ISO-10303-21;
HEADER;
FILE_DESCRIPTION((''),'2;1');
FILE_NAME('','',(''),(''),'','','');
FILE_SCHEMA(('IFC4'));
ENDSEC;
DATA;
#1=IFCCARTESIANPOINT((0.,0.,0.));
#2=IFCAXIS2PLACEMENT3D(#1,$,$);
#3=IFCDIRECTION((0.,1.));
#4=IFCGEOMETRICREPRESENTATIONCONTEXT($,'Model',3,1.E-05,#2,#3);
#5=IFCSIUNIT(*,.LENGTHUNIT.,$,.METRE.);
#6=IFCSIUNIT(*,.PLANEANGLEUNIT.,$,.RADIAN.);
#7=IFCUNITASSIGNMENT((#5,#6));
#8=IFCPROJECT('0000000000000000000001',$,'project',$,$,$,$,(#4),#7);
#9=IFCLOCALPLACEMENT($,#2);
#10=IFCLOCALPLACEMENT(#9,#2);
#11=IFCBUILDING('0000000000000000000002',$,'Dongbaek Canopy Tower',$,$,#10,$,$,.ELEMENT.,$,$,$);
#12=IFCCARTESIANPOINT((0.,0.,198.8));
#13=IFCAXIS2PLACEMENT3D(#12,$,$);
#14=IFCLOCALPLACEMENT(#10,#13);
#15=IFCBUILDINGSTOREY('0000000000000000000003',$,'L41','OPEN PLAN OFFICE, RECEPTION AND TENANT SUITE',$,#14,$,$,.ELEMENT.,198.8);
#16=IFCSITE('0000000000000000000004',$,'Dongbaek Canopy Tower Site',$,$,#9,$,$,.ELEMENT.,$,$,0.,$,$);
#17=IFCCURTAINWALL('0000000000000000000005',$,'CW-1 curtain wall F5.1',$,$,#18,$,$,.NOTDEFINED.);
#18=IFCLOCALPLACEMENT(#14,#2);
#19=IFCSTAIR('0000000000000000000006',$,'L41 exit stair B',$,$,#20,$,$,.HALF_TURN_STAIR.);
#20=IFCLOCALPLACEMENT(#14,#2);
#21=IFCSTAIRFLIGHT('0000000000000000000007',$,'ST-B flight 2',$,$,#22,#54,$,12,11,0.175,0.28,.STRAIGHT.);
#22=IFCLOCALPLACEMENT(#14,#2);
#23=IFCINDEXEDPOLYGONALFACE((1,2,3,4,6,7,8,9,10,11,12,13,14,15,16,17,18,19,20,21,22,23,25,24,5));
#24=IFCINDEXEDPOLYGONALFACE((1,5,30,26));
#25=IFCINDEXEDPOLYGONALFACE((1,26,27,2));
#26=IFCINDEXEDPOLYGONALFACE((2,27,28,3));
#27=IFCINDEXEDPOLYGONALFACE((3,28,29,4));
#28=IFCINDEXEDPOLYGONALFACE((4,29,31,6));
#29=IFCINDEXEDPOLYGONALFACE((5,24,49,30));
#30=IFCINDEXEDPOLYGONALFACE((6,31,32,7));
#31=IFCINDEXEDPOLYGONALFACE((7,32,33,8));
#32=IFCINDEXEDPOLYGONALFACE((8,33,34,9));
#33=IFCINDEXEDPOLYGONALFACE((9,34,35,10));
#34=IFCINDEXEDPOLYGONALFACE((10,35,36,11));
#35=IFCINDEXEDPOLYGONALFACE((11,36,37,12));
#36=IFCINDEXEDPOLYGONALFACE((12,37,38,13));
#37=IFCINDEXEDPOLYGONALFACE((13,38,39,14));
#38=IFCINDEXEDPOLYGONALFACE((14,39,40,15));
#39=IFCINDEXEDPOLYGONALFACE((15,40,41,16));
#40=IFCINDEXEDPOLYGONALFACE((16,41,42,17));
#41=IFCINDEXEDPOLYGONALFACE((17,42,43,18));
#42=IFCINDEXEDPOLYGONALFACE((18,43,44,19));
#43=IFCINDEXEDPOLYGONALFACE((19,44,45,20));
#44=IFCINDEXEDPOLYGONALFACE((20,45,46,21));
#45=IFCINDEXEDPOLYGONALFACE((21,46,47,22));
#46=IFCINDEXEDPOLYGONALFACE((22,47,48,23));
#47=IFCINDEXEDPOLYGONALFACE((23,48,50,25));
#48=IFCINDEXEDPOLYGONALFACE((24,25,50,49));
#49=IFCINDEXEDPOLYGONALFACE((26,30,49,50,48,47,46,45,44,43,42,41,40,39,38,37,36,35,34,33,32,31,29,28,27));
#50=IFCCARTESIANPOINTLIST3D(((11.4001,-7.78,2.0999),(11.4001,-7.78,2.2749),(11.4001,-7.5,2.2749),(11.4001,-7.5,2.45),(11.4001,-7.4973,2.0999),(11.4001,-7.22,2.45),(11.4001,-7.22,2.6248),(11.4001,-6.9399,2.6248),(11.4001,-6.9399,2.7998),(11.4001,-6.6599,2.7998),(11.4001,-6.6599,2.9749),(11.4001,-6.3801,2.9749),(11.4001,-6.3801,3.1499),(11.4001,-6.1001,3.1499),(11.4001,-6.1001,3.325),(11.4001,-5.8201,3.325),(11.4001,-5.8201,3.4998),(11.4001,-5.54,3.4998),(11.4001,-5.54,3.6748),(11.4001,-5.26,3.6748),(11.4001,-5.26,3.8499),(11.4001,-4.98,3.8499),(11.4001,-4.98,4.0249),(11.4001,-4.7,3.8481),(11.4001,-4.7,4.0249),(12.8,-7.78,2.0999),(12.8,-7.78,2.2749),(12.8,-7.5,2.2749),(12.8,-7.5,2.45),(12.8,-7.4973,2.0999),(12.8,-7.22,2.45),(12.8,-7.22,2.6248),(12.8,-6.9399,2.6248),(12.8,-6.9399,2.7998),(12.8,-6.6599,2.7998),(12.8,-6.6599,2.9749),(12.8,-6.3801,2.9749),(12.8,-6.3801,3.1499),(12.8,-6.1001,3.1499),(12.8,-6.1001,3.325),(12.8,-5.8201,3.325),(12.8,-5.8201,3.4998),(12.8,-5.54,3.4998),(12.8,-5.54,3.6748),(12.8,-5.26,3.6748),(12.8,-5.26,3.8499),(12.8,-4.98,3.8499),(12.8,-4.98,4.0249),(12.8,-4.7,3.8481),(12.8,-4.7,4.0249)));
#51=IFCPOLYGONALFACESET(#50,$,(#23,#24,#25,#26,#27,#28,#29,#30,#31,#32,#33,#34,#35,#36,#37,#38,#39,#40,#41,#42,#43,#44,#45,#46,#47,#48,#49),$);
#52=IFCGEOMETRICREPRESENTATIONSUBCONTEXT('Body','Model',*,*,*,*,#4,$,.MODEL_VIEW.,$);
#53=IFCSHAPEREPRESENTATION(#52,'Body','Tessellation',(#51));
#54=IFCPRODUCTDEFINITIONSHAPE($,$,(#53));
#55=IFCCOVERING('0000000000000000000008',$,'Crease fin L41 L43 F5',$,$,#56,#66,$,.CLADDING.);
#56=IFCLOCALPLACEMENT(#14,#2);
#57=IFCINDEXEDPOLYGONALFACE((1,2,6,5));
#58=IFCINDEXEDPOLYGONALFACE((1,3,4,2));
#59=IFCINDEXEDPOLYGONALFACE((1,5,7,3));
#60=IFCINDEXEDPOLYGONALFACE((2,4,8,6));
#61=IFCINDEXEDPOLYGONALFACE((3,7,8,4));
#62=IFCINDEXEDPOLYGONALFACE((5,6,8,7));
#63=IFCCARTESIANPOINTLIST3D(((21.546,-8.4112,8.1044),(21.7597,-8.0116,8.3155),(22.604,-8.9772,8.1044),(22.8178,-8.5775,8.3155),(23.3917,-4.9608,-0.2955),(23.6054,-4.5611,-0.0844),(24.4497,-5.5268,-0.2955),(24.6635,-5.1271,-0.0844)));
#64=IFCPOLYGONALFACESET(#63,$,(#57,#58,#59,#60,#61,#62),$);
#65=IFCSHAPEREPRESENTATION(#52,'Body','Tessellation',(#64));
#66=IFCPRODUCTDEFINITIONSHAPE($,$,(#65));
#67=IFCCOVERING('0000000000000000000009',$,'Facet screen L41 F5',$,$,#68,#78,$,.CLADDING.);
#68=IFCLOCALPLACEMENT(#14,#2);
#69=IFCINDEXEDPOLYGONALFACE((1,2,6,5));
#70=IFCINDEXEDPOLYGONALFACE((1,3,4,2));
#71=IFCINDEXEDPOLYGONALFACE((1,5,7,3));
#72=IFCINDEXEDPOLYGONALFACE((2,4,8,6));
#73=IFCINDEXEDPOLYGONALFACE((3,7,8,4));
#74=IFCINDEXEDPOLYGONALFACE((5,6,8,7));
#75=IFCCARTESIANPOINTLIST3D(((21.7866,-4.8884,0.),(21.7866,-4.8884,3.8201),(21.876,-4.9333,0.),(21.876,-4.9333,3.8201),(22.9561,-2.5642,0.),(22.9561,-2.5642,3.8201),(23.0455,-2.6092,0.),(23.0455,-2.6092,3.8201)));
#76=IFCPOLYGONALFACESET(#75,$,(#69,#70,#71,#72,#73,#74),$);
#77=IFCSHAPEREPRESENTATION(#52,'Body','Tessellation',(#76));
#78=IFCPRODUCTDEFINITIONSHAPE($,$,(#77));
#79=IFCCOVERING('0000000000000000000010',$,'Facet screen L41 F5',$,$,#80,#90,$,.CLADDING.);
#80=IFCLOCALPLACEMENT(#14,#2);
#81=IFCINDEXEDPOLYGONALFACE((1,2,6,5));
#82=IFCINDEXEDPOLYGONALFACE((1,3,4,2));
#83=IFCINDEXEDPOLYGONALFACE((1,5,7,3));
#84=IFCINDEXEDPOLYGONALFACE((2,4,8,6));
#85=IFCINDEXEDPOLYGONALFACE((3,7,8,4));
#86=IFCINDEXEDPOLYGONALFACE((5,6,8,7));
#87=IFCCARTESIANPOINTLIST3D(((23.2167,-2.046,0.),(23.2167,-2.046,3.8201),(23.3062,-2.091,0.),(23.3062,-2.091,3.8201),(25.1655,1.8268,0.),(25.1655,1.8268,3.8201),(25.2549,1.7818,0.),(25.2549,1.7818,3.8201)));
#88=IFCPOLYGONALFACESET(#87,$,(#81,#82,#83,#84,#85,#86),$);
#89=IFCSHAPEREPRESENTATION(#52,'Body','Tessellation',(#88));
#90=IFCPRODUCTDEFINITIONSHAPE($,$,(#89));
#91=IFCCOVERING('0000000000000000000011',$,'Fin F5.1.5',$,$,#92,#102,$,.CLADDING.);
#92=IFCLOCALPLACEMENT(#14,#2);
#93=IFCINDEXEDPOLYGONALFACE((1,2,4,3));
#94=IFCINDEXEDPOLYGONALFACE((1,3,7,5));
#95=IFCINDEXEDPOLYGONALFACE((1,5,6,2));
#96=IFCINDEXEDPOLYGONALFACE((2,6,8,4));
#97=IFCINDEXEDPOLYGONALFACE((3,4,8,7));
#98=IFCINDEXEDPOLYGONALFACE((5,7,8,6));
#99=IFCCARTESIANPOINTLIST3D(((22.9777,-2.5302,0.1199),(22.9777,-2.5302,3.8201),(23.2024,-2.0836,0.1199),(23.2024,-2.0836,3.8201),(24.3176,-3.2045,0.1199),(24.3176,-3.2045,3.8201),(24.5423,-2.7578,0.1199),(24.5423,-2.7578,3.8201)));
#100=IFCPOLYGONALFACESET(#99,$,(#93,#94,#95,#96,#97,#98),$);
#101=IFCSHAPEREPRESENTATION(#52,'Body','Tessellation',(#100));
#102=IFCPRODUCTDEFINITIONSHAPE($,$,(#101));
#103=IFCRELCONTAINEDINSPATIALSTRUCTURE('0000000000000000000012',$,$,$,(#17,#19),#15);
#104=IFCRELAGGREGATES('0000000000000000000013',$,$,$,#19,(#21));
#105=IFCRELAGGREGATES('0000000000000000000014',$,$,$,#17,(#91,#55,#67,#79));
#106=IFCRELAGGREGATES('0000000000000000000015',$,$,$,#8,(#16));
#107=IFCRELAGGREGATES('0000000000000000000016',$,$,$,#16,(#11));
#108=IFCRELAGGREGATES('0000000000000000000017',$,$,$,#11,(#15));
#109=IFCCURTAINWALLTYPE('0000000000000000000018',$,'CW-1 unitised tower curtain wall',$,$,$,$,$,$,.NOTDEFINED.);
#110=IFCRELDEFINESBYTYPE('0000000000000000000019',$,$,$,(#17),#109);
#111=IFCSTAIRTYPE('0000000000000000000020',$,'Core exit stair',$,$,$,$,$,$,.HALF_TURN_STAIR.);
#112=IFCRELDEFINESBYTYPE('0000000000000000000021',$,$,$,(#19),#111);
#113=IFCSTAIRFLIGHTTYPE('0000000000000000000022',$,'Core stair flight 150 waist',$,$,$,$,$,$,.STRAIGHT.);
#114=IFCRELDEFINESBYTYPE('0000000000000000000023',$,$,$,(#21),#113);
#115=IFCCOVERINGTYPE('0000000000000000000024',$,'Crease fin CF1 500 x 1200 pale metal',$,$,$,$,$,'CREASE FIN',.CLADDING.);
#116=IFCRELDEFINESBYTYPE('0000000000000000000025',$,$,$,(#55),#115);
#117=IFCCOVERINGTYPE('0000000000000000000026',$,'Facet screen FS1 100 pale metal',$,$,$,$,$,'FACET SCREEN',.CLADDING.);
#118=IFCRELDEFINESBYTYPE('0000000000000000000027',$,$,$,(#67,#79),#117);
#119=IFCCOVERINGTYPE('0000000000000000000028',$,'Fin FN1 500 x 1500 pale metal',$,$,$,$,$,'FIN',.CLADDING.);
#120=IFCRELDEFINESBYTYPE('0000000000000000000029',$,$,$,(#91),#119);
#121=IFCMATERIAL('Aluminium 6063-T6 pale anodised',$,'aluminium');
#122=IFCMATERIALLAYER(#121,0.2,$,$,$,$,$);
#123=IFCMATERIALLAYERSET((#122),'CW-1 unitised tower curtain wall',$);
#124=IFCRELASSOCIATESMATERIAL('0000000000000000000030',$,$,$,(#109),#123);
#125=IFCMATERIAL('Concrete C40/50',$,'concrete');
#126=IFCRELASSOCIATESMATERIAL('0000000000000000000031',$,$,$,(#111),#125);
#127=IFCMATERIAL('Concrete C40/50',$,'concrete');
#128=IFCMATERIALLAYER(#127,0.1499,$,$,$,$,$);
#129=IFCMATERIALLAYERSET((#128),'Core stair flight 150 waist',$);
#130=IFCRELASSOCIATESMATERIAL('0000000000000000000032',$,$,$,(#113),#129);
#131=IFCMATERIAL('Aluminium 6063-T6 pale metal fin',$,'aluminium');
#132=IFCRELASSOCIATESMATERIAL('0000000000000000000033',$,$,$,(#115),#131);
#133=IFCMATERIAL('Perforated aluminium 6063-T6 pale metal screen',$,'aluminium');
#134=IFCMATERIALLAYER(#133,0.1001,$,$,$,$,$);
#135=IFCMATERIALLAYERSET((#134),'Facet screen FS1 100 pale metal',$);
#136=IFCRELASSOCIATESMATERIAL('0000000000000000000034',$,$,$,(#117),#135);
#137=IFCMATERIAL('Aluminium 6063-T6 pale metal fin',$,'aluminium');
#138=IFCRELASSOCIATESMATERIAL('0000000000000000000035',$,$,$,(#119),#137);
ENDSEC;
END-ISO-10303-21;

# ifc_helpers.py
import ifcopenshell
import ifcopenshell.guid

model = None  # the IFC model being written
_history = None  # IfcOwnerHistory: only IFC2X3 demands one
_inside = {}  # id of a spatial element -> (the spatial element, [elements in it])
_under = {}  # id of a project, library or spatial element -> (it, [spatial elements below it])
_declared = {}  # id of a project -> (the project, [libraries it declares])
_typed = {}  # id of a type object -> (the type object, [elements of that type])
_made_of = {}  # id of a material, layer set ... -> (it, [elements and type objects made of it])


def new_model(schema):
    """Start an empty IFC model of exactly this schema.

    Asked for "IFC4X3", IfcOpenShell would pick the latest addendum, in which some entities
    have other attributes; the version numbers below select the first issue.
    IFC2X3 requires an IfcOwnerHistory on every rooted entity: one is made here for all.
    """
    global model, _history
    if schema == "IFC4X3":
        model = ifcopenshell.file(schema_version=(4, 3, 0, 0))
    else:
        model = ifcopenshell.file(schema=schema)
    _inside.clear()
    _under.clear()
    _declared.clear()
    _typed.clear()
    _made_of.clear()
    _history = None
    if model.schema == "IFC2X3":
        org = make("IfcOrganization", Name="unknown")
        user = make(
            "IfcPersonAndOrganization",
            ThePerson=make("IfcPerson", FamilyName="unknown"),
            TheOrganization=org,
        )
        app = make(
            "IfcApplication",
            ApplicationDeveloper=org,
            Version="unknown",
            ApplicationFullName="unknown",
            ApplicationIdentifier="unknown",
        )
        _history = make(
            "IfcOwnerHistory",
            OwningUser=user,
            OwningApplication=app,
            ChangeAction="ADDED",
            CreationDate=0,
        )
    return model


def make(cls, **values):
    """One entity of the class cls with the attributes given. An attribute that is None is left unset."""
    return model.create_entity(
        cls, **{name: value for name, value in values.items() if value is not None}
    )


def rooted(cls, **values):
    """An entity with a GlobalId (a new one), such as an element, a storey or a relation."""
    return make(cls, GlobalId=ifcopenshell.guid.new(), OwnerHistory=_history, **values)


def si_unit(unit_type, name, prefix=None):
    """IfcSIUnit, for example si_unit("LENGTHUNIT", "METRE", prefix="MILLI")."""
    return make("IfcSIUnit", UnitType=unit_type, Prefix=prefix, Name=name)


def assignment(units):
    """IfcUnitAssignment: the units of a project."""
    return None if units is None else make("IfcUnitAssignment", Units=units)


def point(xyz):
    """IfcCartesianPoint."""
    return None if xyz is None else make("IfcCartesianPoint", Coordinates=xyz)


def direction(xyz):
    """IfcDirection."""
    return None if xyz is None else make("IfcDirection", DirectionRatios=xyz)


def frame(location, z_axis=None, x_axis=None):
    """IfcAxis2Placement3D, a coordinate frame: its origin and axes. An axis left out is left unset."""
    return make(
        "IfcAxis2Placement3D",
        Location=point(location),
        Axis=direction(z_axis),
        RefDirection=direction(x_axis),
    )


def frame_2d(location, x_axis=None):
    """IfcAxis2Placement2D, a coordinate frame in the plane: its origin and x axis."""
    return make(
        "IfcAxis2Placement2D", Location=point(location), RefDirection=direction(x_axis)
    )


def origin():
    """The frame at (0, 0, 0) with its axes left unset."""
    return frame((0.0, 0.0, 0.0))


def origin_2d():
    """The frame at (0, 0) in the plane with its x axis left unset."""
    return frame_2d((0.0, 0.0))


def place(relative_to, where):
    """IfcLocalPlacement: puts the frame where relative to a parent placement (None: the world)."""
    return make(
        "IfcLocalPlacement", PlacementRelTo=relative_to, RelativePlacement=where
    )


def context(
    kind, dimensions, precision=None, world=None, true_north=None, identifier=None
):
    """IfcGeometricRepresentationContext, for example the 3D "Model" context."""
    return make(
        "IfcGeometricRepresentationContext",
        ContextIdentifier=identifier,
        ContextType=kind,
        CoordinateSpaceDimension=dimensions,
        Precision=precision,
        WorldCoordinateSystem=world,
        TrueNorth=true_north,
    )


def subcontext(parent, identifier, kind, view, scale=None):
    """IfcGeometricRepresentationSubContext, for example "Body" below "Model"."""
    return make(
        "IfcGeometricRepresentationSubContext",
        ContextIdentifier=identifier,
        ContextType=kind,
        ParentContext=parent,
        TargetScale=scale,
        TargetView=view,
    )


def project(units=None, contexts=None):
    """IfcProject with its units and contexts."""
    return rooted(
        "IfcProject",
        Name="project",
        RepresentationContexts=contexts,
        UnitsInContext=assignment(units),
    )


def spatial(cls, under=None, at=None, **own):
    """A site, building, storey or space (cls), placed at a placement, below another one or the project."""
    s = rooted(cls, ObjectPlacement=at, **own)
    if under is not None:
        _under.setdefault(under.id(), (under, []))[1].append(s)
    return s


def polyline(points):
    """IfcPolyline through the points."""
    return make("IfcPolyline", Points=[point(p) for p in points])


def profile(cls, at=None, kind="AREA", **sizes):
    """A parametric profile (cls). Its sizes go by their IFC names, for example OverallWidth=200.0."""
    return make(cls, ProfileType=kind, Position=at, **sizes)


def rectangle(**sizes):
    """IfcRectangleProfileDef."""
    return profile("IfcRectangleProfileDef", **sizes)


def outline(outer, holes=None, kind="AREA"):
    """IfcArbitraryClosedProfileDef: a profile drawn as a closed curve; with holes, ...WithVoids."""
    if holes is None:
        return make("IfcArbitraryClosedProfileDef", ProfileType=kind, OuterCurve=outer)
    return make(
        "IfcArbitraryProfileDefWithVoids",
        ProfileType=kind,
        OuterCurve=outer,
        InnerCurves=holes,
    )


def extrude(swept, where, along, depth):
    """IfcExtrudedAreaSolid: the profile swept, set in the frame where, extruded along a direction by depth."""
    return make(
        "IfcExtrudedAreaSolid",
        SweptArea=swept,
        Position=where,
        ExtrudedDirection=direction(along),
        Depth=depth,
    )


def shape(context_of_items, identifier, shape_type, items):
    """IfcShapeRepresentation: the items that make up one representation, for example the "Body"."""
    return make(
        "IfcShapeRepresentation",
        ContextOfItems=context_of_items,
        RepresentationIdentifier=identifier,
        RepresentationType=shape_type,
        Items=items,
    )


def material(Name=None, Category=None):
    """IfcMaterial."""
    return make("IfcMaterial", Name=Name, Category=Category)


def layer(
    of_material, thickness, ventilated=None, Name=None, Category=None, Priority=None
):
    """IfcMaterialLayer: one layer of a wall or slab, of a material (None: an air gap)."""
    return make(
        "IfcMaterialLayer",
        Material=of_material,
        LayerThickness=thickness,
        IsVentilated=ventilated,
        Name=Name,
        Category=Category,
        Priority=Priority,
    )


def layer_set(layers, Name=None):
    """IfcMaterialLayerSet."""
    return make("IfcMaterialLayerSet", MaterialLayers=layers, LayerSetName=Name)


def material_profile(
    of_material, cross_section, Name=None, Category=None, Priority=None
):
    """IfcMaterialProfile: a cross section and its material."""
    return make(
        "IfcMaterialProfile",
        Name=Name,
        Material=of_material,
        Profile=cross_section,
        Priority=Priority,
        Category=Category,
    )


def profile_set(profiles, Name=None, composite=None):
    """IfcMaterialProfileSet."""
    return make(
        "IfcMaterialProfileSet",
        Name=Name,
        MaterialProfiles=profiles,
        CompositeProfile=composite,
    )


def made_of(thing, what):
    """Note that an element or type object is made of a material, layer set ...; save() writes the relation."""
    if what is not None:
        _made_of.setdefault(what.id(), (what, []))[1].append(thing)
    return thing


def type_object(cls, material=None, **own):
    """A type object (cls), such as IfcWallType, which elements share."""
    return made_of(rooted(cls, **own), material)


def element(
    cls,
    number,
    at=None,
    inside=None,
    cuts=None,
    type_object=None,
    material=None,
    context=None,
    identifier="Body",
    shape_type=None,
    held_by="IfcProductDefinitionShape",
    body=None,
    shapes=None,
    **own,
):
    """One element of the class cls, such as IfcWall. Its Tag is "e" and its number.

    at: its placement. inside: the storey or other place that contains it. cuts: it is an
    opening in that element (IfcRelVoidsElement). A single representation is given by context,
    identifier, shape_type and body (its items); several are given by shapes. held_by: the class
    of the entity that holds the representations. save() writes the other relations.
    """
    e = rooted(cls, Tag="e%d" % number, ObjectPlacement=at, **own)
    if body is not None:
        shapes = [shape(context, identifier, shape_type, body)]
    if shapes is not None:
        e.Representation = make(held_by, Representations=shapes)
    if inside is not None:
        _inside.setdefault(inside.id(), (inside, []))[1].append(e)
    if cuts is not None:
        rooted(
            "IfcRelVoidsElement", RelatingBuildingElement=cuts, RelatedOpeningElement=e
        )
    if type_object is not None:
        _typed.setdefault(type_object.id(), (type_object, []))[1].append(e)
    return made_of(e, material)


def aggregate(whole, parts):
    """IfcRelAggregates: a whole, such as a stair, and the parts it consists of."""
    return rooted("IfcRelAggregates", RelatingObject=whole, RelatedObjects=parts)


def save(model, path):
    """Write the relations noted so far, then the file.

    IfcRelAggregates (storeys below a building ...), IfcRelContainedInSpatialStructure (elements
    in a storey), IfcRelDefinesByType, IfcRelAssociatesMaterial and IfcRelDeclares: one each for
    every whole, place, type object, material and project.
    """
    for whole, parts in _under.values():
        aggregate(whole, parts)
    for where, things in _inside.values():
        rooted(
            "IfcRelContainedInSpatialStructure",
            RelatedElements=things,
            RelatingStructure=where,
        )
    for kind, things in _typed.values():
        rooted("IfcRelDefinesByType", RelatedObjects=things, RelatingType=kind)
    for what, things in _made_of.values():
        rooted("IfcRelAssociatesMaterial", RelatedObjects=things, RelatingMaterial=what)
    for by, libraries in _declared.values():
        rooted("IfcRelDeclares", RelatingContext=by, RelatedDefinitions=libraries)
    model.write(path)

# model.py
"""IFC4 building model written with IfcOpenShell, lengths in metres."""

from ifc_helpers import new_model, si_unit, direction, frame, origin, origin_2d, place, context, subcontext, project, spatial, polyline, rectangle, outline, extrude, material, layer, layer_set, material_profile, profile_set, type_object, element, aggregate, save


model = new_model("IFC4")

# Units and contexts
model_context = context("Model", 3, precision=1e-05, world=origin(), true_north=direction((0.0, 1.0)))
body_context = subcontext(model_context, "Body", "Model", "MODEL_VIEW")
ifc_project = project(units=[si_unit("LENGTHUNIT", "METRE"), si_unit("PLANEANGLEUNIT", "RADIAN")], contexts=[model_context])

# Site, building, storey
site_placement = place(None, origin())
site = spatial("IfcSite", under=ifc_project, at=site_placement, Name="Dongbaek Canopy Tower Site", CompositionType="ELEMENT", RefElevation=0.0)
building_placement = place(site_placement, origin())
building = spatial("IfcBuilding", under=site, at=building_placement, Name="Dongbaek Canopy Tower", CompositionType="ELEMENT")
storey_placement = place(building_placement, frame((0.0, 0.0, 198.8)))
storey = spatial("IfcBuildingStorey", under=building, at=storey_placement, Name="L41", Description="OPEN PLAN OFFICE, RECEPTION AND TENANT SUITE", CompositionType="ELEMENT", Elevation=198.8)

# Curtain wall
ifc_material_1 = material(Name="Aluminium 6063-T6 pale anodised", Category="aluminium")
ifc_layer_1 = layer(ifc_material_1, 0.2)
ifc_layer_set_1 = layer_set([ifc_layer_1], Name="CW-1 unitised tower curtain wall")
curtain_wall_type = type_object("IfcCurtainWallType", Name="CW-1 unitised tower curtain wall", PredefinedType="NOTDEFINED", material=ifc_layer_set_1)
curtain_wall_placement = place(storey_placement, origin())
curtain_wall = element("IfcCurtainWall", 1, at=curtain_wall_placement, inside=storey, type_object=curtain_wall_type, Name="CW-1 curtain wall F5.1", PredefinedType="NOTDEFINED")

# Stair, stair flight
ifc_material_2 = material(Name="Concrete C40/50", Category="concrete")
stair_type = type_object("IfcStairType", Name="Core exit stair", PredefinedType="HALF_TURN_STAIR", material=ifc_material_2)
stair_placement = place(storey_placement, origin())
stair = element("IfcStair", 2, at=stair_placement, inside=storey, type_object=stair_type, Name="L41 exit stair B", PredefinedType="HALF_TURN_STAIR")
ifc_material_3 = material(Name="Concrete C40/50", Category="concrete")
ifc_layer_2 = layer(ifc_material_3, 0.1499)
ifc_layer_set_2 = layer_set([ifc_layer_2], Name="Core stair flight 150 waist")
stair_flight_type = type_object("IfcStairFlightType", Name="Core stair flight 150 waist", PredefinedType="STRAIGHT", material=ifc_layer_set_2)
stair_flight_placement = place(storey_placement, frame((12.1001, -7.78, 2.0999), z_axis=(0.0, 0.0, 1.0), x_axis=(0.0, 1.0, 0.0)))
stair_flight = element("IfcStairFlight", 3, at=stair_flight_placement, type_object=stair_flight_type, Name="ST-B flight 2", NumberOfRisers=12, NumberOfTreads=11, PredefinedType="STRAIGHT", RiserHeight=0.175, TreadLength=0.28, context=body_context, shape_type="SweptSolid", body=[
    extrude(outline(polyline([(0.0, 0.0), (0.0, 0.175), (0.28, 0.175), (0.28, 0.3501), (0.5601, 0.3501), (0.5601, 0.5249), (0.8401, 0.5249), (0.8401, 0.7), (1.1201, 0.7), (1.1201, 0.875), (1.3999, 0.875), (1.3999, 1.05), (1.6799, 1.05), (1.6799, 1.2251), (1.96, 1.2251), (1.96, 1.3999), (2.24, 1.3999), (2.24, 1.575), (2.52, 1.575), (2.52, 1.75), (2.8, 1.75), (2.8, 1.925), (3.0801, 1.925), (3.0801, 2.1001), (3.0801, 1.7483), (0.2827, 0.0), (0.0, 0.0)])), frame((0.0, 0.7, 0.0), z_axis=(0.0, -1.0, 0.0), x_axis=(1.0, 0.0, 0.0)), (0.0, 0.0, 1.0), 1.3999),
])
aggregate(stair, [stair_flight])

# Coverings
ifc_material_4 = material(Name="Aluminium 6063-T6 pale metal fin", Category="aluminium")
ifc_material_profile_1 = material_profile(ifc_material_4, rectangle(XDim=1.2, YDim=0.5, at=origin_2d()), Name="Crease fin CF1 500 x 1200 pale metal")
ifc_profile_set_1 = profile_set([ifc_material_profile_1], Name="Aluminium 6063-T6 pale metal fin")
covering_type_1 = type_object("IfcCoveringType", Name="Crease fin CF1 500 x 1200 pale metal", ElementType="CREASE FIN", PredefinedType="CLADDING", material=ifc_profile_set_1)
covering_1_placement = place(storey_placement, frame((24.0276, -5.0439, -0.1899), z_axis=(-0.199177, -0.372351, 0.906467), x_axis=(0.881772, -0.471676, 0.0)))
covering_1 = element("IfcCovering", 4, at=covering_1_placement, type_object=covering_type_1, Name="Crease fin L41 L43 F5", PredefinedType="CLADDING", context=body_context, shape_type="SweptSolid", body=[
    extrude(rectangle(XDim=1.2, YDim=0.5, at=origin_2d()), origin(), (0.0, 0.0, 1.0), 9.2666),
])
ifc_material_5 = material(Name="Perforated aluminium 6063-T6 pale metal screen", Category="aluminium")
ifc_layer_3 = layer(ifc_material_5, 0.1001)
ifc_layer_set_3 = layer_set([ifc_layer_3], Name="Facet screen FS1 100 pale metal")
covering_type_2 = type_object("IfcCoveringType", Name="Facet screen FS1 100 pale metal", ElementType="FACET SCREEN", PredefinedType="CLADDING", material=ifc_layer_set_3)
covering_2_placement = place(storey_placement, frame((22.416, -3.7488, 0.0), z_axis=(0.0, 0.0, 1.0), x_axis=(0.449498, 0.893281, 0.0)))
covering_2 = element("IfcCovering", 5, at=covering_2_placement, type_object=covering_type_2, Name="Facet screen L41 F5", PredefinedType="CLADDING", context=body_context, shape_type="SweptSolid", body=[
    extrude(rectangle(XDim=2.6018, YDim=0.1001, at=origin_2d()), origin(), (0.0, 0.0, 1.0), 3.8201),
])
covering_3_placement = place(storey_placement, frame((24.2358, -0.1321, 0.0), z_axis=(0.0, 0.0, 1.0), x_axis=(0.449498, 0.893281, 0.0)))
covering_3 = element("IfcCovering", 6, at=covering_3_placement, type_object=covering_type_2, Name="Facet screen L41 F5", PredefinedType="CLADDING", context=body_context, shape_type="SweptSolid", body=[
    extrude(rectangle(XDim=4.3354, YDim=0.1001, at=origin_2d()), origin(), (0.0, 0.0, 1.0), 3.8201),
])
ifc_material_6 = material(Name="Aluminium 6063-T6 pale metal fin", Category="aluminium")
ifc_material_profile_2 = material_profile(ifc_material_6, rectangle(XDim=1.5, YDim=0.5, at=origin_2d()), Name="Fin FN1 500 x 1500 pale metal")
ifc_profile_set_2 = profile_set([ifc_material_profile_2], Name="Aluminium 6063-T6 pale metal fin")
covering_type_3 = type_object("IfcCoveringType", Name="Fin FN1 500 x 1500 pale metal", ElementType="FIN", PredefinedType="CLADDING", material=ifc_profile_set_2)
covering_4_placement = place(storey_placement, frame((23.76, -2.644, 0.1199), z_axis=(0.0, 0.0, 1.0), x_axis=(0.893281, -0.449499, 0.0)))
covering_4 = element("IfcCovering", 7, at=covering_4_placement, type_object=covering_type_3, Name="Fin F5.1.5", PredefinedType="CLADDING", context=body_context, shape_type="SweptSolid", body=[
    extrude(rectangle(XDim=1.5, YDim=0.5, at=origin_2d()), origin(), (0.0, 0.0, 1.0), 3.7002),
])
aggregate(curtain_wall, [covering_4, covering_1, covering_2, covering_3])

save(model, "model.ifc")
